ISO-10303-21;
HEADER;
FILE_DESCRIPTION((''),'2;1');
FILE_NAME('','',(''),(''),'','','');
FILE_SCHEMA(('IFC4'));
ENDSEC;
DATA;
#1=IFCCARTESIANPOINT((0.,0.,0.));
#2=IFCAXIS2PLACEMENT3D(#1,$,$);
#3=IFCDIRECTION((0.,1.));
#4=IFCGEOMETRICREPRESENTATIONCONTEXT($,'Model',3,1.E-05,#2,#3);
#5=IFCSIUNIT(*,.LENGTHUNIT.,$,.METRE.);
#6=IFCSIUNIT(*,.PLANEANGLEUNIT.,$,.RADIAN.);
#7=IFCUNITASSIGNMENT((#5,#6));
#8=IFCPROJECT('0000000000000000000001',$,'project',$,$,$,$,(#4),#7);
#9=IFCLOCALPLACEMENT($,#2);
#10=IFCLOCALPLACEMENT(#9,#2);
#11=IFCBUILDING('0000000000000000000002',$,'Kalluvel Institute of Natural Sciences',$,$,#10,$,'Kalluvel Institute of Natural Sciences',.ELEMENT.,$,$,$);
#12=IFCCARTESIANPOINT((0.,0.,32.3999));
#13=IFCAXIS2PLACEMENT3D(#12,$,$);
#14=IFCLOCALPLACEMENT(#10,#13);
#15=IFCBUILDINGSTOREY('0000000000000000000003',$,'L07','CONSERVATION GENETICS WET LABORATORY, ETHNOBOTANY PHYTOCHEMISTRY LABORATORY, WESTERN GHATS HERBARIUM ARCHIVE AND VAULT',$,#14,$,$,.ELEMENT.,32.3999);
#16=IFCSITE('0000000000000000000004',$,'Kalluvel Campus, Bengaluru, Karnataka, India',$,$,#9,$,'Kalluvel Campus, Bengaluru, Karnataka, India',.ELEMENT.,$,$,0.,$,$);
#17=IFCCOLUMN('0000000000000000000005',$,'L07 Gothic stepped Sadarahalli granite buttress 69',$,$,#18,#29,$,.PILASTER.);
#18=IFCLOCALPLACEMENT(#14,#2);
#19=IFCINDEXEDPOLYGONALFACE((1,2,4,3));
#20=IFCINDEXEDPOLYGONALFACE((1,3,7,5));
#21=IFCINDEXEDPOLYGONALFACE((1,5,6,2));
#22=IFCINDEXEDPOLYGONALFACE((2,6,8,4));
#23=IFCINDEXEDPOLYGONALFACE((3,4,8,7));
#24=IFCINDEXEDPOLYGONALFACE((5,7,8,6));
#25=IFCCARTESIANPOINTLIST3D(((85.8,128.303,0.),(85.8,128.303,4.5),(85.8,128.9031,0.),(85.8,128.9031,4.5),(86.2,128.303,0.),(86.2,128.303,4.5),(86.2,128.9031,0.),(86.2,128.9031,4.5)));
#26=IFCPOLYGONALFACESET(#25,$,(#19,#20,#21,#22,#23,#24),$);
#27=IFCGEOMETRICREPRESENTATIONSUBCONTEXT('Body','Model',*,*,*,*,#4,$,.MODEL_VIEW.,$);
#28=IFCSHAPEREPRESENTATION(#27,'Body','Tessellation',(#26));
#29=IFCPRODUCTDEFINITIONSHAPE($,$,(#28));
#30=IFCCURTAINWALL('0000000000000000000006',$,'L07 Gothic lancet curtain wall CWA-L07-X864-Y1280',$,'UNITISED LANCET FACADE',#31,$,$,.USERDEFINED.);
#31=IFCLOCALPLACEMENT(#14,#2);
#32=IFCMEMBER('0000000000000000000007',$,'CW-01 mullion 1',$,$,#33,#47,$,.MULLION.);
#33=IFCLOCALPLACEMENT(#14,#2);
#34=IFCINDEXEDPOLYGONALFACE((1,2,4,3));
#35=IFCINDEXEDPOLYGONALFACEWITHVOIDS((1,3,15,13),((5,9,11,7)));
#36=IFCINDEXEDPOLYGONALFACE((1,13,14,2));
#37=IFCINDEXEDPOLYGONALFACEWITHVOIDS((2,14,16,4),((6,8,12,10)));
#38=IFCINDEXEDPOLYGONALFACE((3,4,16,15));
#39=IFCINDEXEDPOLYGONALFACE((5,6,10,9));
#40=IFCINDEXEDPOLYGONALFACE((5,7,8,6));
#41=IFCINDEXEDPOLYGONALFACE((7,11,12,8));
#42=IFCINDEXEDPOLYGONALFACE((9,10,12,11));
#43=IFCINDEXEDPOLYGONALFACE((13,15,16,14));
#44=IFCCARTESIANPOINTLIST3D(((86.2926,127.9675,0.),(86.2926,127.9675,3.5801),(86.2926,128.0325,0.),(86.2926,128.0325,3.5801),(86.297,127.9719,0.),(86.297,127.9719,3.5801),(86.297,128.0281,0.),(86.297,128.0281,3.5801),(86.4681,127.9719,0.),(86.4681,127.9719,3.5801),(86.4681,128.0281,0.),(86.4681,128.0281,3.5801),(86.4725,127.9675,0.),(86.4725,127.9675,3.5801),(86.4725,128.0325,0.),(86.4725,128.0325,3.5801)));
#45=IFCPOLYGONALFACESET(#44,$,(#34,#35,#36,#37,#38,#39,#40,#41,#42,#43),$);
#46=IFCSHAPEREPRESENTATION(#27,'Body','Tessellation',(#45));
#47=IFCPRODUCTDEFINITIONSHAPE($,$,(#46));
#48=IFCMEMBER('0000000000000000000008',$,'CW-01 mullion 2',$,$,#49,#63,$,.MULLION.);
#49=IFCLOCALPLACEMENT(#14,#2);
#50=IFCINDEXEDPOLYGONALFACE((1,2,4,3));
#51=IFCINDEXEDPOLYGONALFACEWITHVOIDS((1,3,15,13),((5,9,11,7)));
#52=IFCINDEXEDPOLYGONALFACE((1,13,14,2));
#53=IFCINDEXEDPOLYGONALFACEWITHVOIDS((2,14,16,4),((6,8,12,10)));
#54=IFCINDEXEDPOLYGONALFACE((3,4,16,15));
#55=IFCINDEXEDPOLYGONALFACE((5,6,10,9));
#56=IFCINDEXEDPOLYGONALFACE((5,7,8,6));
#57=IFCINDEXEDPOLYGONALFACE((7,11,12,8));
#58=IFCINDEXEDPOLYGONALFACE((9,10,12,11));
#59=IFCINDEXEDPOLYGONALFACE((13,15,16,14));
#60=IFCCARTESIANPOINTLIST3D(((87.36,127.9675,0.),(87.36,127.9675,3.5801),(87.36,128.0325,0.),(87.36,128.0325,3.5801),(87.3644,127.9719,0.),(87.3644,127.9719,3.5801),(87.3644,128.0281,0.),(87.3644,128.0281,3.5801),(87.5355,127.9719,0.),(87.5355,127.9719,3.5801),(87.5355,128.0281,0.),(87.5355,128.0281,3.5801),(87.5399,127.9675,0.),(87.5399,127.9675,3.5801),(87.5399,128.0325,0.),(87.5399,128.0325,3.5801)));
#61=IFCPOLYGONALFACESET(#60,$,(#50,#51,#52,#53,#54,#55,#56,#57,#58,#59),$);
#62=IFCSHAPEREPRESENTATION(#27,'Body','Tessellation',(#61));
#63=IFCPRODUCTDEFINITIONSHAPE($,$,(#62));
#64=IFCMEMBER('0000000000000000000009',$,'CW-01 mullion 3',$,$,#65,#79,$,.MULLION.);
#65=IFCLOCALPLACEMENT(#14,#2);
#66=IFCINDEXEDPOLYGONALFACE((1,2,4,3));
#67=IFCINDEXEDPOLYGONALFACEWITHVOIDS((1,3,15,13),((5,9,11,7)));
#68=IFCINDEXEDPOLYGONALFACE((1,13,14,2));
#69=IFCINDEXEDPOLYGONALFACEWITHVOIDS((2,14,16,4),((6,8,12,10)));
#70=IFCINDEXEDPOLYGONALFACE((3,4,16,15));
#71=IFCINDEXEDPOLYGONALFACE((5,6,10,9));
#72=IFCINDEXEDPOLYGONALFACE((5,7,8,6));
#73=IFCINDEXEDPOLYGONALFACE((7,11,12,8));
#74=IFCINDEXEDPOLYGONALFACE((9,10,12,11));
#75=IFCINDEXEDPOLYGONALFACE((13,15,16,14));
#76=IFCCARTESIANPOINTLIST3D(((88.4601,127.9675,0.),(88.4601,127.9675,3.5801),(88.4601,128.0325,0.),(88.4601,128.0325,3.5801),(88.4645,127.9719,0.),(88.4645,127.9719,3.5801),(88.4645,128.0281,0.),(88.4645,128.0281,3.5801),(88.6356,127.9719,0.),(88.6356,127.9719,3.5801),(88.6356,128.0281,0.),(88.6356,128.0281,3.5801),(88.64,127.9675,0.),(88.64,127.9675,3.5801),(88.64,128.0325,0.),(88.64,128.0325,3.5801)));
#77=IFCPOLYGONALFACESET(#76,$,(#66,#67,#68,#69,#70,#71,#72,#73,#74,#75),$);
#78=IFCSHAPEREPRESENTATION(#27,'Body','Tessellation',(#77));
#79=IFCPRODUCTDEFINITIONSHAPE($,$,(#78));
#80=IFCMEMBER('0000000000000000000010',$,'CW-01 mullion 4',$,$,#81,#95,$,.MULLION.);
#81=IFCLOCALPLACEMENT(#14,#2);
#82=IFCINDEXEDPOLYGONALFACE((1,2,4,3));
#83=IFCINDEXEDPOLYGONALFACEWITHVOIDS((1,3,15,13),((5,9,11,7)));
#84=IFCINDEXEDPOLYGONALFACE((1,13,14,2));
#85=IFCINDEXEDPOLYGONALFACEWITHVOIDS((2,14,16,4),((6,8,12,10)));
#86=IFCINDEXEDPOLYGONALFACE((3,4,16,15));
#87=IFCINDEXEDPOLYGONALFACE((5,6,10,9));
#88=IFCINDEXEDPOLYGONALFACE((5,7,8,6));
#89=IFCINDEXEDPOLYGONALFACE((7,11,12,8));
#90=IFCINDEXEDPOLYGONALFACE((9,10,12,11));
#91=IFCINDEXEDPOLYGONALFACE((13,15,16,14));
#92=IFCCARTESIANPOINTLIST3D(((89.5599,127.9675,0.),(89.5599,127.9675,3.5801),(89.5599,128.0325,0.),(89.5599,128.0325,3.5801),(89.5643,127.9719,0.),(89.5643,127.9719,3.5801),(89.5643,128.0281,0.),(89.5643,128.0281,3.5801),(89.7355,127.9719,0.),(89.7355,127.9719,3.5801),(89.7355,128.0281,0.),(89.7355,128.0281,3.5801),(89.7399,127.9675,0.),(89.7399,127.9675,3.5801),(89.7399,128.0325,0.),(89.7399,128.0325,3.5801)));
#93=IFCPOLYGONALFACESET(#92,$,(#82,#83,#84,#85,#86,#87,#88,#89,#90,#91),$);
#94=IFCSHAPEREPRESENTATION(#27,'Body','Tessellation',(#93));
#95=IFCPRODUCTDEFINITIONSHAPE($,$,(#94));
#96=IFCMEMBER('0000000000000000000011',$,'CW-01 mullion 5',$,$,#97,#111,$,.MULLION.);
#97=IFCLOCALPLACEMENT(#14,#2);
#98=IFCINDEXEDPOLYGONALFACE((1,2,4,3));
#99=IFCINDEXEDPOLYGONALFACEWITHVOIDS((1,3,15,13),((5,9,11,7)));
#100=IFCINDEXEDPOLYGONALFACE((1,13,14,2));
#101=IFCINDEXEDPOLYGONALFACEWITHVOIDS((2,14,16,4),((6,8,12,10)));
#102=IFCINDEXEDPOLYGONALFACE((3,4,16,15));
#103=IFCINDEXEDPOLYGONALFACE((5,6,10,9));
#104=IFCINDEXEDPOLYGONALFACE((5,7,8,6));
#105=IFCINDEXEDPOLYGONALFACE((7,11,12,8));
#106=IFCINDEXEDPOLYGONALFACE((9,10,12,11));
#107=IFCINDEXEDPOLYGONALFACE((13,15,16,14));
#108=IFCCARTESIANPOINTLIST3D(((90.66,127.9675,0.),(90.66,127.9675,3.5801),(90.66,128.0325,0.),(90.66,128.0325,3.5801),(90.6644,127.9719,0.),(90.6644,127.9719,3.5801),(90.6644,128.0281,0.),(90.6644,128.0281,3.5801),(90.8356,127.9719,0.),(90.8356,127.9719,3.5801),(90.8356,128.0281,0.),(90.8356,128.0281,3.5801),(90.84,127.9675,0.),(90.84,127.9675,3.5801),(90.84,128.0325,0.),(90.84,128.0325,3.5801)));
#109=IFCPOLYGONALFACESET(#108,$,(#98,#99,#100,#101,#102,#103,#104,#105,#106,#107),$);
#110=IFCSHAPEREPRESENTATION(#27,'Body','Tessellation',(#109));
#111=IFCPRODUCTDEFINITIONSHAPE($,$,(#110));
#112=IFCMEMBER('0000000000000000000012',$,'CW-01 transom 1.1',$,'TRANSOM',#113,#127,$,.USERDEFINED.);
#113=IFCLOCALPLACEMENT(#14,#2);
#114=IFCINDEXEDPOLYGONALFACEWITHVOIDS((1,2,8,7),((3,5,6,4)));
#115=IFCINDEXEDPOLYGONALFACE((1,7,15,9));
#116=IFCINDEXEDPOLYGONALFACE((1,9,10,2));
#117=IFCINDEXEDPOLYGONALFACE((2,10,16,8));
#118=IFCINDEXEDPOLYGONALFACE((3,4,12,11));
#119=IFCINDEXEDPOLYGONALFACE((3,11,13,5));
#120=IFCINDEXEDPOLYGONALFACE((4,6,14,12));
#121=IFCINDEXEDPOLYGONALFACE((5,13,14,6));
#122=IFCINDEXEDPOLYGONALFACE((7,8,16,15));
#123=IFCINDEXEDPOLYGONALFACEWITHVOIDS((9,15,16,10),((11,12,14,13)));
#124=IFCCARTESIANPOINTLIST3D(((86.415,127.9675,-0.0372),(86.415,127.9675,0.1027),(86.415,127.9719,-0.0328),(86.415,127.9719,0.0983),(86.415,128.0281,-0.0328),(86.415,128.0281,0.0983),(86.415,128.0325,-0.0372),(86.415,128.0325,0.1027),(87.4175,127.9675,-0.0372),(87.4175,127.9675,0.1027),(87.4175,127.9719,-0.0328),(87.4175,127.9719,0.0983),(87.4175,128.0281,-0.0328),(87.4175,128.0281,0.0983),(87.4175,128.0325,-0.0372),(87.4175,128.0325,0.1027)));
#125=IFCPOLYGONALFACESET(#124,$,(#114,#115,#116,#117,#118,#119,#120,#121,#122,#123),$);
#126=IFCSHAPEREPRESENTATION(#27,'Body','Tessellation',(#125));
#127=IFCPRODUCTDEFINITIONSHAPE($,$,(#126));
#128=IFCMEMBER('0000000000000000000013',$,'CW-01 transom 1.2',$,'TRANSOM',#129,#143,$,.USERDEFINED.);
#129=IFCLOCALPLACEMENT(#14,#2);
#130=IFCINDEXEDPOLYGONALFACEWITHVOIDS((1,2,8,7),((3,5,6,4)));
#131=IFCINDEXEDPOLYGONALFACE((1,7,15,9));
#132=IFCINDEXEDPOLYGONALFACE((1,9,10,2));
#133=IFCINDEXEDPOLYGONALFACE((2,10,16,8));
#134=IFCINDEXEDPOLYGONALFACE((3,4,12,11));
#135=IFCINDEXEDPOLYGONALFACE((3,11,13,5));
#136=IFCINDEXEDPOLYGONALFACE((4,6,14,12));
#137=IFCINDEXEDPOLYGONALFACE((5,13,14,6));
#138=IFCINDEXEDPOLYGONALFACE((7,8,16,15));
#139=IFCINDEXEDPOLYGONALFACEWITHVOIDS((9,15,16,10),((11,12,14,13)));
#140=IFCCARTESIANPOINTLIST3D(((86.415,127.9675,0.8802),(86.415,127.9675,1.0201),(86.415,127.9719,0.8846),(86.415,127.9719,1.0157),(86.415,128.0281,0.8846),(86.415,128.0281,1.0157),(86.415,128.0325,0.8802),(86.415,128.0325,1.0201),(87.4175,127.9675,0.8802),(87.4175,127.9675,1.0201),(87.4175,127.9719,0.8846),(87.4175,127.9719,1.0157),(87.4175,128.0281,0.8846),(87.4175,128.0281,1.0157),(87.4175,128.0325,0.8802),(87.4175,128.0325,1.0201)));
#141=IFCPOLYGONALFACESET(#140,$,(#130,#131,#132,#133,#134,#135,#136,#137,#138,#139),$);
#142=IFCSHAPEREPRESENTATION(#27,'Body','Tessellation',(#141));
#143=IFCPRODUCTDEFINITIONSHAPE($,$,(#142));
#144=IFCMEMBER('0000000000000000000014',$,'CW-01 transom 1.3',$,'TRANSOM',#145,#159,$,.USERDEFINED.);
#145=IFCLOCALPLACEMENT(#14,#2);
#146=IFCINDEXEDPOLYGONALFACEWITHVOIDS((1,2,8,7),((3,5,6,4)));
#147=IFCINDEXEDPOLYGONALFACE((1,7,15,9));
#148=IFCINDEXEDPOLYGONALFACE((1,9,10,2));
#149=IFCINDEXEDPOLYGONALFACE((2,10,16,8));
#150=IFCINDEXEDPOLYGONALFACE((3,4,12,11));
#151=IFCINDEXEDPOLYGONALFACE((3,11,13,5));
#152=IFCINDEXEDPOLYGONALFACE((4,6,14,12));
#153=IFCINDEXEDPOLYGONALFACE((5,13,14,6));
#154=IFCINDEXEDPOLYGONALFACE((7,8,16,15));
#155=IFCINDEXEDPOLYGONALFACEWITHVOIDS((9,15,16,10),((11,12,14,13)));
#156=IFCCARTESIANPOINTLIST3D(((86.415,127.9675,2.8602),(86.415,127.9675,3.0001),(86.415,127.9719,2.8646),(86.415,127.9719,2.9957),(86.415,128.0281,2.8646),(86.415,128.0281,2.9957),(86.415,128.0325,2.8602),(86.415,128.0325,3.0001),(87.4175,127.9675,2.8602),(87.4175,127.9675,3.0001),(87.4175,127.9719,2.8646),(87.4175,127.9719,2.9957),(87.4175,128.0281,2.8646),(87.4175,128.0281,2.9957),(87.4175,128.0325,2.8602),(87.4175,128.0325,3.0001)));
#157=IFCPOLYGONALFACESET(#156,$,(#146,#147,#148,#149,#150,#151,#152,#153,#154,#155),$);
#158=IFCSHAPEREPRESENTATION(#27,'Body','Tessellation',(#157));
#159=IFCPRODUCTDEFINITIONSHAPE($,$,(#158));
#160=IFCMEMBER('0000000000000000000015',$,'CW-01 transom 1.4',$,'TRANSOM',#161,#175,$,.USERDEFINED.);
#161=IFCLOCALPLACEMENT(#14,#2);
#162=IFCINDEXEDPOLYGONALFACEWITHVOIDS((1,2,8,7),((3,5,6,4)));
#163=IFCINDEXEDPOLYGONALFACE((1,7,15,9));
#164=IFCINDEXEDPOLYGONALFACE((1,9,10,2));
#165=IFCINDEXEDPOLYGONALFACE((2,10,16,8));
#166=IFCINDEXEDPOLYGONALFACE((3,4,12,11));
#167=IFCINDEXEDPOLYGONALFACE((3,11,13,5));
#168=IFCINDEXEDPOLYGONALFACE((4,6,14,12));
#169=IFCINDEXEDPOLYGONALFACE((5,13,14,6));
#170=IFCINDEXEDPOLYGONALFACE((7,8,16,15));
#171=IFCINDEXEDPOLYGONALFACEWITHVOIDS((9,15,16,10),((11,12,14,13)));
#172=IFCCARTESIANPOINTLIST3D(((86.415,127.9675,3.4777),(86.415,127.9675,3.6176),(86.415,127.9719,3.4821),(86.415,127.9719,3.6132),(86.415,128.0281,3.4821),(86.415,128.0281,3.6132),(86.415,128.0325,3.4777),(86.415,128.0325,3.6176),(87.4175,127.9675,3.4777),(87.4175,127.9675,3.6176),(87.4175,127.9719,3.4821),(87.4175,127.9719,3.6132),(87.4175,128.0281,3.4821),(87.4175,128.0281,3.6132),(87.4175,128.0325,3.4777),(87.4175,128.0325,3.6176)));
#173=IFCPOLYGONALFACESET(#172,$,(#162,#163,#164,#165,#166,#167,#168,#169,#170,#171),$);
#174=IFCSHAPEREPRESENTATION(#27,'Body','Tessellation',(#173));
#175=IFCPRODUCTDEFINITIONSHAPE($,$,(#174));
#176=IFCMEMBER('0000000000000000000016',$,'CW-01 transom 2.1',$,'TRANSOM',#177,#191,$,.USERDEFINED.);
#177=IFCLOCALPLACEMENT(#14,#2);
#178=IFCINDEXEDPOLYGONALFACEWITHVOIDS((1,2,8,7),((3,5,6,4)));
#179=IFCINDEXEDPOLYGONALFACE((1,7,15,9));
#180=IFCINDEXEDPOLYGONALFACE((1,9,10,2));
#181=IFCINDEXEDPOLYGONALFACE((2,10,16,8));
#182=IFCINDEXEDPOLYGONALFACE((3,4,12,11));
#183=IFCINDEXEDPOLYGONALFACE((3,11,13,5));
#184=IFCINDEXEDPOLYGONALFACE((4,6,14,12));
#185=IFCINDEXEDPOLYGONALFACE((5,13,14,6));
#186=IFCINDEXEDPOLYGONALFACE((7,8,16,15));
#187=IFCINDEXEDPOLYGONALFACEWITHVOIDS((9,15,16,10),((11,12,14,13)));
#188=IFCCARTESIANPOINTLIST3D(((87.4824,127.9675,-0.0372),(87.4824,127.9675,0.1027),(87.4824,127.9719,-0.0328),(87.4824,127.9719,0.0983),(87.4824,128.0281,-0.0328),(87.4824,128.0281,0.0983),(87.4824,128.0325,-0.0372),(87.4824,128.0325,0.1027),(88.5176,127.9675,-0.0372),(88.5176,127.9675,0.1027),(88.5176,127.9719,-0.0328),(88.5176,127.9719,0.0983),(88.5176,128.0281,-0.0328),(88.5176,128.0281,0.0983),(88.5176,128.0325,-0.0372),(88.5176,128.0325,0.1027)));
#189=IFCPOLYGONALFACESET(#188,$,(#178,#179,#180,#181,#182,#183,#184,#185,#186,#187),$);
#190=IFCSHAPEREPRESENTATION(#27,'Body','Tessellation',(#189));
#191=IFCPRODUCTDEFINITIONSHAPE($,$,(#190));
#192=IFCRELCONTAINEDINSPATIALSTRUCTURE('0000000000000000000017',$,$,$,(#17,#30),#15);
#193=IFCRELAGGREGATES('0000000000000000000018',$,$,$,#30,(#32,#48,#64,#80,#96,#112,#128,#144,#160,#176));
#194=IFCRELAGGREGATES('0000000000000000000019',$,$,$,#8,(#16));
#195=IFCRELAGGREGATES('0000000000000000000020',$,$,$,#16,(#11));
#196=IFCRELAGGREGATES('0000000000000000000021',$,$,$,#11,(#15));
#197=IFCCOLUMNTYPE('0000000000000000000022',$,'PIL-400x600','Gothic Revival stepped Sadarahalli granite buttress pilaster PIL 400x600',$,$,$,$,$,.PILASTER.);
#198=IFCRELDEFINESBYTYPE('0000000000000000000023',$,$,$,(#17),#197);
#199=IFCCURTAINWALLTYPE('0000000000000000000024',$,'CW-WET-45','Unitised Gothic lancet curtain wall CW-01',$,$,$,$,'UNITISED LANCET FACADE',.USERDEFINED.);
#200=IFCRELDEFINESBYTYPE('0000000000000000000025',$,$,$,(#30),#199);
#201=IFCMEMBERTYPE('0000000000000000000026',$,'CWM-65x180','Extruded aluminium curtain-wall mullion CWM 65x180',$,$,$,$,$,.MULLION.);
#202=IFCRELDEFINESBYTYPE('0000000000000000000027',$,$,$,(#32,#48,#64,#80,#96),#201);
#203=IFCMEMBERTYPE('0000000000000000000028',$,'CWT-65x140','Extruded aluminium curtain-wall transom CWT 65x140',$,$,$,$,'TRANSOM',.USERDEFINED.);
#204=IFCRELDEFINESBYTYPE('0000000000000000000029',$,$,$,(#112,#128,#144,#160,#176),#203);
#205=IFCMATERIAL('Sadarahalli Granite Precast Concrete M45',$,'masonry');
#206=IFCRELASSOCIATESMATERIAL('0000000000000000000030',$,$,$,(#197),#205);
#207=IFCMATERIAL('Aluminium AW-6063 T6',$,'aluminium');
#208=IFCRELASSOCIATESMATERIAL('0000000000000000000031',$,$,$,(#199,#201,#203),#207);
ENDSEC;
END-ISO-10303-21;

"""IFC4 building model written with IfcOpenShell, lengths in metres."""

from ifc_helpers import new_model, si_unit, direction, frame, origin, origin_2d, place, context, subcontext, project, spatial, rectangle, hollow_rectangle, extrude, material, material_profile, profile_set, type_object, element, aggregate, save


model = new_model("IFC4")

# Units and contexts
model_context = context("Model", 3, precision=1e-05, world=origin(), true_north=direction((0.0, 1.0)))
body_context = subcontext(model_context, "Body", "Model", "MODEL_VIEW")
ifc_project = project(units=[si_unit("LENGTHUNIT", "METRE"), si_unit("PLANEANGLEUNIT", "RADIAN")], contexts=[model_context])

# Site, building, storey
site_placement = place(None, origin())
site = spatial("IfcSite", under=ifc_project, at=site_placement, Name="Kalluvel Campus, Bengaluru, Karnataka, India", LongName="Kalluvel Campus, Bengaluru, Karnataka, India", CompositionType="ELEMENT", RefElevation=0.0)
building_placement = place(site_placement, origin())
building = spatial("IfcBuilding", under=site, at=building_placement, Name="Kalluvel Institute of Natural Sciences", LongName="Kalluvel Institute of Natural Sciences", CompositionType="ELEMENT")
storey_placement = place(building_placement, frame((0.0, 0.0, 32.3999)))
storey = spatial("IfcBuildingStorey", under=building, at=storey_placement, Name="L07", Description="CONSERVATION GENETICS WET LABORATORY, ETHNOBOTANY PHYTOCHEMISTRY LABORATORY, WESTERN GHATS HERBARIUM ARCHIVE AND VAULT", CompositionType="ELEMENT", Elevation=32.3999)

# Column
ifc_material_1 = material(Name="Sadarahalli Granite Precast Concrete M45", Category="masonry")
ifc_material_profile_1 = material_profile(ifc_material_1, rectangle(XDim=0.3999, YDim=0.6001, at=origin_2d()), Name="PIL 400x600")
ifc_profile_set_1 = profile_set([ifc_material_profile_1], Name="Sadarahalli Granite Precast Concrete M45")
column_type = type_object("IfcColumnType", Name="PIL-400x600", Description="Gothic Revival stepped Sadarahalli granite buttress pilaster PIL 400x600", PredefinedType="PILASTER", material=ifc_profile_set_1)
column_placement = place(storey_placement, frame((86.0, 128.603, 0.0), z_axis=(0.0, 0.0, 1.0), x_axis=(1.0, 0.0, 0.0)))
element("IfcColumn", 1, at=column_placement, inside=storey, type_object=column_type, Name="L07 Gothic stepped Sadarahalli granite buttress 69", PredefinedType="PILASTER", context=body_context, shape_type="SweptSolid", body=[
    extrude(rectangle(XDim=0.3999, YDim=0.6001, at=origin_2d()), origin(), (0.0, 0.0, 1.0), 4.5),
])

# Curtain wall, members
ifc_material_2 = material(Name="Aluminium AW-6063 T6", Category="aluminium")
curtain_wall_type = type_object("IfcCurtainWallType", Name="CW-WET-45", Description="Unitised Gothic lancet curtain wall CW-01", ElementType="UNITISED LANCET FACADE", PredefinedType="USERDEFINED", material=ifc_material_2)
curtain_wall_placement = place(storey_placement, origin())
curtain_wall = element("IfcCurtainWall", 2, at=curtain_wall_placement, inside=storey, type_object=curtain_wall_type, Name="L07 Gothic lancet curtain wall CWA-L07-X864-Y1280", ObjectType="UNITISED LANCET FACADE", PredefinedType="USERDEFINED")
ifc_material_profile_2 = material_profile(ifc_material_2, hollow_rectangle(XDim=0.0649, YDim=0.1799, WallThickness=0.0044, at=origin_2d()), Name="CWM 65x180")
ifc_profile_set_2 = profile_set([ifc_material_profile_2], Name="Aluminium AW-6063 T6")
member_type_1 = type_object("IfcMemberType", Name="CWM-65x180", Description="Extruded aluminium curtain-wall mullion CWM 65x180", PredefinedType="MULLION", material=ifc_profile_set_2)
member_1_placement = place(storey_placement, frame((86.3826, 128.0, 0.0), z_axis=(0.0, 0.0, 1.0), x_axis=(0.0, 1.0, 0.0)))
member_1 = element("IfcMember", 3, at=member_1_placement, type_object=member_type_1, Name="CW-01 mullion 1", PredefinedType="MULLION", context=body_context, shape_type="SweptSolid", body=[
    extrude(hollow_rectangle(XDim=0.0649, YDim=0.1799, WallThickness=0.0044, at=origin_2d()), origin(), (0.0, 0.0, 1.0), 3.5801),
])
member_2_placement = place(storey_placement, frame((87.45, 128.0, 0.0), z_axis=(0.0, 0.0, 1.0), x_axis=(0.0, 1.0, 0.0)))
member_2 = element("IfcMember", 4, at=member_2_placement, type_object=member_type_1, Name="CW-01 mullion 2", PredefinedType="MULLION", context=body_context, shape_type="SweptSolid", body=[
    extrude(hollow_rectangle(XDim=0.0649, YDim=0.1799, WallThickness=0.0044, at=origin_2d()), origin(), (0.0, 0.0, 1.0), 3.5801),
])
member_3_placement = place(storey_placement, frame((88.55, 128.0, 0.0), z_axis=(0.0, 0.0, 1.0), x_axis=(0.0, 1.0, 0.0)))
member_3 = element("IfcMember", 5, at=member_3_placement, type_object=member_type_1, Name="CW-01 mullion 3", PredefinedType="MULLION", context=body_context, shape_type="SweptSolid", body=[
    extrude(hollow_rectangle(XDim=0.0649, YDim=0.1799, WallThickness=0.0044, at=origin_2d()), origin(), (0.0, 0.0, 1.0), 3.5801),
])
member_4_placement = place(storey_placement, frame((89.6499, 128.0, 0.0), z_axis=(0.0, 0.0, 1.0), x_axis=(0.0, 1.0, 0.0)))
member_4 = element("IfcMember", 6, at=member_4_placement, type_object=member_type_1, Name="CW-01 mullion 4", PredefinedType="MULLION", context=body_context, shape_type="SweptSolid", body=[
    extrude(hollow_rectangle(XDim=0.0649, YDim=0.1799, WallThickness=0.0044, at=origin_2d()), origin(), (0.0, 0.0, 1.0), 3.5801),
])
member_5_placement = place(storey_placement, frame((90.75, 128.0, 0.0), z_axis=(0.0, 0.0, 1.0), x_axis=(0.0, 1.0, 0.0)))
member_5 = element("IfcMember", 7, at=member_5_placement, type_object=member_type_1, Name="CW-01 mullion 5", PredefinedType="MULLION", context=body_context, shape_type="SweptSolid", body=[
    extrude(hollow_rectangle(XDim=0.0649, YDim=0.1799, WallThickness=0.0044, at=origin_2d()), origin(), (0.0, 0.0, 1.0), 3.5801),
])
ifc_material_profile_3 = material_profile(ifc_material_2, hollow_rectangle(XDim=0.0649, YDim=0.1399, WallThickness=0.0044, at=origin_2d()), Name="CWT 65x140")
ifc_profile_set_3 = profile_set([ifc_material_profile_3], Name="Aluminium AW-6063 T6")
member_type_2 = type_object("IfcMemberType", Name="CWT-65x140", Description="Extruded aluminium curtain-wall transom CWT 65x140", ElementType="TRANSOM", PredefinedType="USERDEFINED", material=ifc_profile_set_3)
member_6_placement = place(storey_placement, frame((86.415, 128.0, 0.0327), z_axis=(1.0, 0.0, 0.0), x_axis=(0.0, 1.0, 0.0)))
member_6 = element("IfcMember", 8, at=member_6_placement, type_object=member_type_2, Name="CW-01 transom 1.1", ObjectType="TRANSOM", PredefinedType="USERDEFINED", context=body_context, shape_type="SweptSolid", body=[
    extrude(hollow_rectangle(XDim=0.0649, YDim=0.1399, WallThickness=0.0044, at=origin_2d()), origin(), (0.0, 0.0, 1.0), 1.0024),
])
member_7_placement = place(storey_placement, frame((86.415, 128.0, 0.9502), z_axis=(1.0, 0.0, 0.0), x_axis=(0.0, 1.0, 0.0)))
member_7 = element("IfcMember", 9, at=member_7_placement, type_object=member_type_2, Name="CW-01 transom 1.2", ObjectType="TRANSOM", PredefinedType="USERDEFINED", context=body_context, shape_type="SweptSolid", body=[
    extrude(hollow_rectangle(XDim=0.0649, YDim=0.1399, WallThickness=0.0044, at=origin_2d()), origin(), (0.0, 0.0, 1.0), 1.0024),
])
member_8_placement = place(storey_placement, frame((86.415, 128.0, 2.9302), z_axis=(1.0, 0.0, 0.0), x_axis=(0.0, 1.0, 0.0)))
member_8 = element("IfcMember", 10, at=member_8_placement, type_object=member_type_2, Name="CW-01 transom 1.3", ObjectType="TRANSOM", PredefinedType="USERDEFINED", context=body_context, shape_type="SweptSolid", body=[
    extrude(hollow_rectangle(XDim=0.0649, YDim=0.1399, WallThickness=0.0044, at=origin_2d()), origin(), (0.0, 0.0, 1.0), 1.0024),
])
member_9_placement = place(storey_placement, frame((86.415, 128.0, 3.5476), z_axis=(1.0, 0.0, 0.0), x_axis=(0.0, 1.0, 0.0)))
member_9 = element("IfcMember", 11, at=member_9_placement, type_object=member_type_2, Name="CW-01 transom 1.4", ObjectType="TRANSOM", PredefinedType="USERDEFINED", context=body_context, shape_type="SweptSolid", body=[
    extrude(hollow_rectangle(XDim=0.0649, YDim=0.1399, WallThickness=0.0044, at=origin_2d()), origin(), (0.0, 0.0, 1.0), 1.0024),
])
member_10_placement = place(storey_placement, frame((87.4824, 128.0, 0.0327), z_axis=(1.0, 0.0, 0.0), x_axis=(0.0, 1.0, 0.0)))
member_10 = element("IfcMember", 12, at=member_10_placement, type_object=member_type_2, Name="CW-01 transom 2.1", ObjectType="TRANSOM", PredefinedType="USERDEFINED", context=body_context, shape_type="SweptSolid", body=[
    extrude(hollow_rectangle(XDim=0.0649, YDim=0.1399, WallThickness=0.0044, at=origin_2d()), origin(), (0.0, 0.0, 1.0), 1.0352),
])

aggregate(curtain_wall, [member_1, member_2, member_3, member_4, member_5, member_6, member_7, member_8, member_9, member_10])

save(model, "model.ifc")
